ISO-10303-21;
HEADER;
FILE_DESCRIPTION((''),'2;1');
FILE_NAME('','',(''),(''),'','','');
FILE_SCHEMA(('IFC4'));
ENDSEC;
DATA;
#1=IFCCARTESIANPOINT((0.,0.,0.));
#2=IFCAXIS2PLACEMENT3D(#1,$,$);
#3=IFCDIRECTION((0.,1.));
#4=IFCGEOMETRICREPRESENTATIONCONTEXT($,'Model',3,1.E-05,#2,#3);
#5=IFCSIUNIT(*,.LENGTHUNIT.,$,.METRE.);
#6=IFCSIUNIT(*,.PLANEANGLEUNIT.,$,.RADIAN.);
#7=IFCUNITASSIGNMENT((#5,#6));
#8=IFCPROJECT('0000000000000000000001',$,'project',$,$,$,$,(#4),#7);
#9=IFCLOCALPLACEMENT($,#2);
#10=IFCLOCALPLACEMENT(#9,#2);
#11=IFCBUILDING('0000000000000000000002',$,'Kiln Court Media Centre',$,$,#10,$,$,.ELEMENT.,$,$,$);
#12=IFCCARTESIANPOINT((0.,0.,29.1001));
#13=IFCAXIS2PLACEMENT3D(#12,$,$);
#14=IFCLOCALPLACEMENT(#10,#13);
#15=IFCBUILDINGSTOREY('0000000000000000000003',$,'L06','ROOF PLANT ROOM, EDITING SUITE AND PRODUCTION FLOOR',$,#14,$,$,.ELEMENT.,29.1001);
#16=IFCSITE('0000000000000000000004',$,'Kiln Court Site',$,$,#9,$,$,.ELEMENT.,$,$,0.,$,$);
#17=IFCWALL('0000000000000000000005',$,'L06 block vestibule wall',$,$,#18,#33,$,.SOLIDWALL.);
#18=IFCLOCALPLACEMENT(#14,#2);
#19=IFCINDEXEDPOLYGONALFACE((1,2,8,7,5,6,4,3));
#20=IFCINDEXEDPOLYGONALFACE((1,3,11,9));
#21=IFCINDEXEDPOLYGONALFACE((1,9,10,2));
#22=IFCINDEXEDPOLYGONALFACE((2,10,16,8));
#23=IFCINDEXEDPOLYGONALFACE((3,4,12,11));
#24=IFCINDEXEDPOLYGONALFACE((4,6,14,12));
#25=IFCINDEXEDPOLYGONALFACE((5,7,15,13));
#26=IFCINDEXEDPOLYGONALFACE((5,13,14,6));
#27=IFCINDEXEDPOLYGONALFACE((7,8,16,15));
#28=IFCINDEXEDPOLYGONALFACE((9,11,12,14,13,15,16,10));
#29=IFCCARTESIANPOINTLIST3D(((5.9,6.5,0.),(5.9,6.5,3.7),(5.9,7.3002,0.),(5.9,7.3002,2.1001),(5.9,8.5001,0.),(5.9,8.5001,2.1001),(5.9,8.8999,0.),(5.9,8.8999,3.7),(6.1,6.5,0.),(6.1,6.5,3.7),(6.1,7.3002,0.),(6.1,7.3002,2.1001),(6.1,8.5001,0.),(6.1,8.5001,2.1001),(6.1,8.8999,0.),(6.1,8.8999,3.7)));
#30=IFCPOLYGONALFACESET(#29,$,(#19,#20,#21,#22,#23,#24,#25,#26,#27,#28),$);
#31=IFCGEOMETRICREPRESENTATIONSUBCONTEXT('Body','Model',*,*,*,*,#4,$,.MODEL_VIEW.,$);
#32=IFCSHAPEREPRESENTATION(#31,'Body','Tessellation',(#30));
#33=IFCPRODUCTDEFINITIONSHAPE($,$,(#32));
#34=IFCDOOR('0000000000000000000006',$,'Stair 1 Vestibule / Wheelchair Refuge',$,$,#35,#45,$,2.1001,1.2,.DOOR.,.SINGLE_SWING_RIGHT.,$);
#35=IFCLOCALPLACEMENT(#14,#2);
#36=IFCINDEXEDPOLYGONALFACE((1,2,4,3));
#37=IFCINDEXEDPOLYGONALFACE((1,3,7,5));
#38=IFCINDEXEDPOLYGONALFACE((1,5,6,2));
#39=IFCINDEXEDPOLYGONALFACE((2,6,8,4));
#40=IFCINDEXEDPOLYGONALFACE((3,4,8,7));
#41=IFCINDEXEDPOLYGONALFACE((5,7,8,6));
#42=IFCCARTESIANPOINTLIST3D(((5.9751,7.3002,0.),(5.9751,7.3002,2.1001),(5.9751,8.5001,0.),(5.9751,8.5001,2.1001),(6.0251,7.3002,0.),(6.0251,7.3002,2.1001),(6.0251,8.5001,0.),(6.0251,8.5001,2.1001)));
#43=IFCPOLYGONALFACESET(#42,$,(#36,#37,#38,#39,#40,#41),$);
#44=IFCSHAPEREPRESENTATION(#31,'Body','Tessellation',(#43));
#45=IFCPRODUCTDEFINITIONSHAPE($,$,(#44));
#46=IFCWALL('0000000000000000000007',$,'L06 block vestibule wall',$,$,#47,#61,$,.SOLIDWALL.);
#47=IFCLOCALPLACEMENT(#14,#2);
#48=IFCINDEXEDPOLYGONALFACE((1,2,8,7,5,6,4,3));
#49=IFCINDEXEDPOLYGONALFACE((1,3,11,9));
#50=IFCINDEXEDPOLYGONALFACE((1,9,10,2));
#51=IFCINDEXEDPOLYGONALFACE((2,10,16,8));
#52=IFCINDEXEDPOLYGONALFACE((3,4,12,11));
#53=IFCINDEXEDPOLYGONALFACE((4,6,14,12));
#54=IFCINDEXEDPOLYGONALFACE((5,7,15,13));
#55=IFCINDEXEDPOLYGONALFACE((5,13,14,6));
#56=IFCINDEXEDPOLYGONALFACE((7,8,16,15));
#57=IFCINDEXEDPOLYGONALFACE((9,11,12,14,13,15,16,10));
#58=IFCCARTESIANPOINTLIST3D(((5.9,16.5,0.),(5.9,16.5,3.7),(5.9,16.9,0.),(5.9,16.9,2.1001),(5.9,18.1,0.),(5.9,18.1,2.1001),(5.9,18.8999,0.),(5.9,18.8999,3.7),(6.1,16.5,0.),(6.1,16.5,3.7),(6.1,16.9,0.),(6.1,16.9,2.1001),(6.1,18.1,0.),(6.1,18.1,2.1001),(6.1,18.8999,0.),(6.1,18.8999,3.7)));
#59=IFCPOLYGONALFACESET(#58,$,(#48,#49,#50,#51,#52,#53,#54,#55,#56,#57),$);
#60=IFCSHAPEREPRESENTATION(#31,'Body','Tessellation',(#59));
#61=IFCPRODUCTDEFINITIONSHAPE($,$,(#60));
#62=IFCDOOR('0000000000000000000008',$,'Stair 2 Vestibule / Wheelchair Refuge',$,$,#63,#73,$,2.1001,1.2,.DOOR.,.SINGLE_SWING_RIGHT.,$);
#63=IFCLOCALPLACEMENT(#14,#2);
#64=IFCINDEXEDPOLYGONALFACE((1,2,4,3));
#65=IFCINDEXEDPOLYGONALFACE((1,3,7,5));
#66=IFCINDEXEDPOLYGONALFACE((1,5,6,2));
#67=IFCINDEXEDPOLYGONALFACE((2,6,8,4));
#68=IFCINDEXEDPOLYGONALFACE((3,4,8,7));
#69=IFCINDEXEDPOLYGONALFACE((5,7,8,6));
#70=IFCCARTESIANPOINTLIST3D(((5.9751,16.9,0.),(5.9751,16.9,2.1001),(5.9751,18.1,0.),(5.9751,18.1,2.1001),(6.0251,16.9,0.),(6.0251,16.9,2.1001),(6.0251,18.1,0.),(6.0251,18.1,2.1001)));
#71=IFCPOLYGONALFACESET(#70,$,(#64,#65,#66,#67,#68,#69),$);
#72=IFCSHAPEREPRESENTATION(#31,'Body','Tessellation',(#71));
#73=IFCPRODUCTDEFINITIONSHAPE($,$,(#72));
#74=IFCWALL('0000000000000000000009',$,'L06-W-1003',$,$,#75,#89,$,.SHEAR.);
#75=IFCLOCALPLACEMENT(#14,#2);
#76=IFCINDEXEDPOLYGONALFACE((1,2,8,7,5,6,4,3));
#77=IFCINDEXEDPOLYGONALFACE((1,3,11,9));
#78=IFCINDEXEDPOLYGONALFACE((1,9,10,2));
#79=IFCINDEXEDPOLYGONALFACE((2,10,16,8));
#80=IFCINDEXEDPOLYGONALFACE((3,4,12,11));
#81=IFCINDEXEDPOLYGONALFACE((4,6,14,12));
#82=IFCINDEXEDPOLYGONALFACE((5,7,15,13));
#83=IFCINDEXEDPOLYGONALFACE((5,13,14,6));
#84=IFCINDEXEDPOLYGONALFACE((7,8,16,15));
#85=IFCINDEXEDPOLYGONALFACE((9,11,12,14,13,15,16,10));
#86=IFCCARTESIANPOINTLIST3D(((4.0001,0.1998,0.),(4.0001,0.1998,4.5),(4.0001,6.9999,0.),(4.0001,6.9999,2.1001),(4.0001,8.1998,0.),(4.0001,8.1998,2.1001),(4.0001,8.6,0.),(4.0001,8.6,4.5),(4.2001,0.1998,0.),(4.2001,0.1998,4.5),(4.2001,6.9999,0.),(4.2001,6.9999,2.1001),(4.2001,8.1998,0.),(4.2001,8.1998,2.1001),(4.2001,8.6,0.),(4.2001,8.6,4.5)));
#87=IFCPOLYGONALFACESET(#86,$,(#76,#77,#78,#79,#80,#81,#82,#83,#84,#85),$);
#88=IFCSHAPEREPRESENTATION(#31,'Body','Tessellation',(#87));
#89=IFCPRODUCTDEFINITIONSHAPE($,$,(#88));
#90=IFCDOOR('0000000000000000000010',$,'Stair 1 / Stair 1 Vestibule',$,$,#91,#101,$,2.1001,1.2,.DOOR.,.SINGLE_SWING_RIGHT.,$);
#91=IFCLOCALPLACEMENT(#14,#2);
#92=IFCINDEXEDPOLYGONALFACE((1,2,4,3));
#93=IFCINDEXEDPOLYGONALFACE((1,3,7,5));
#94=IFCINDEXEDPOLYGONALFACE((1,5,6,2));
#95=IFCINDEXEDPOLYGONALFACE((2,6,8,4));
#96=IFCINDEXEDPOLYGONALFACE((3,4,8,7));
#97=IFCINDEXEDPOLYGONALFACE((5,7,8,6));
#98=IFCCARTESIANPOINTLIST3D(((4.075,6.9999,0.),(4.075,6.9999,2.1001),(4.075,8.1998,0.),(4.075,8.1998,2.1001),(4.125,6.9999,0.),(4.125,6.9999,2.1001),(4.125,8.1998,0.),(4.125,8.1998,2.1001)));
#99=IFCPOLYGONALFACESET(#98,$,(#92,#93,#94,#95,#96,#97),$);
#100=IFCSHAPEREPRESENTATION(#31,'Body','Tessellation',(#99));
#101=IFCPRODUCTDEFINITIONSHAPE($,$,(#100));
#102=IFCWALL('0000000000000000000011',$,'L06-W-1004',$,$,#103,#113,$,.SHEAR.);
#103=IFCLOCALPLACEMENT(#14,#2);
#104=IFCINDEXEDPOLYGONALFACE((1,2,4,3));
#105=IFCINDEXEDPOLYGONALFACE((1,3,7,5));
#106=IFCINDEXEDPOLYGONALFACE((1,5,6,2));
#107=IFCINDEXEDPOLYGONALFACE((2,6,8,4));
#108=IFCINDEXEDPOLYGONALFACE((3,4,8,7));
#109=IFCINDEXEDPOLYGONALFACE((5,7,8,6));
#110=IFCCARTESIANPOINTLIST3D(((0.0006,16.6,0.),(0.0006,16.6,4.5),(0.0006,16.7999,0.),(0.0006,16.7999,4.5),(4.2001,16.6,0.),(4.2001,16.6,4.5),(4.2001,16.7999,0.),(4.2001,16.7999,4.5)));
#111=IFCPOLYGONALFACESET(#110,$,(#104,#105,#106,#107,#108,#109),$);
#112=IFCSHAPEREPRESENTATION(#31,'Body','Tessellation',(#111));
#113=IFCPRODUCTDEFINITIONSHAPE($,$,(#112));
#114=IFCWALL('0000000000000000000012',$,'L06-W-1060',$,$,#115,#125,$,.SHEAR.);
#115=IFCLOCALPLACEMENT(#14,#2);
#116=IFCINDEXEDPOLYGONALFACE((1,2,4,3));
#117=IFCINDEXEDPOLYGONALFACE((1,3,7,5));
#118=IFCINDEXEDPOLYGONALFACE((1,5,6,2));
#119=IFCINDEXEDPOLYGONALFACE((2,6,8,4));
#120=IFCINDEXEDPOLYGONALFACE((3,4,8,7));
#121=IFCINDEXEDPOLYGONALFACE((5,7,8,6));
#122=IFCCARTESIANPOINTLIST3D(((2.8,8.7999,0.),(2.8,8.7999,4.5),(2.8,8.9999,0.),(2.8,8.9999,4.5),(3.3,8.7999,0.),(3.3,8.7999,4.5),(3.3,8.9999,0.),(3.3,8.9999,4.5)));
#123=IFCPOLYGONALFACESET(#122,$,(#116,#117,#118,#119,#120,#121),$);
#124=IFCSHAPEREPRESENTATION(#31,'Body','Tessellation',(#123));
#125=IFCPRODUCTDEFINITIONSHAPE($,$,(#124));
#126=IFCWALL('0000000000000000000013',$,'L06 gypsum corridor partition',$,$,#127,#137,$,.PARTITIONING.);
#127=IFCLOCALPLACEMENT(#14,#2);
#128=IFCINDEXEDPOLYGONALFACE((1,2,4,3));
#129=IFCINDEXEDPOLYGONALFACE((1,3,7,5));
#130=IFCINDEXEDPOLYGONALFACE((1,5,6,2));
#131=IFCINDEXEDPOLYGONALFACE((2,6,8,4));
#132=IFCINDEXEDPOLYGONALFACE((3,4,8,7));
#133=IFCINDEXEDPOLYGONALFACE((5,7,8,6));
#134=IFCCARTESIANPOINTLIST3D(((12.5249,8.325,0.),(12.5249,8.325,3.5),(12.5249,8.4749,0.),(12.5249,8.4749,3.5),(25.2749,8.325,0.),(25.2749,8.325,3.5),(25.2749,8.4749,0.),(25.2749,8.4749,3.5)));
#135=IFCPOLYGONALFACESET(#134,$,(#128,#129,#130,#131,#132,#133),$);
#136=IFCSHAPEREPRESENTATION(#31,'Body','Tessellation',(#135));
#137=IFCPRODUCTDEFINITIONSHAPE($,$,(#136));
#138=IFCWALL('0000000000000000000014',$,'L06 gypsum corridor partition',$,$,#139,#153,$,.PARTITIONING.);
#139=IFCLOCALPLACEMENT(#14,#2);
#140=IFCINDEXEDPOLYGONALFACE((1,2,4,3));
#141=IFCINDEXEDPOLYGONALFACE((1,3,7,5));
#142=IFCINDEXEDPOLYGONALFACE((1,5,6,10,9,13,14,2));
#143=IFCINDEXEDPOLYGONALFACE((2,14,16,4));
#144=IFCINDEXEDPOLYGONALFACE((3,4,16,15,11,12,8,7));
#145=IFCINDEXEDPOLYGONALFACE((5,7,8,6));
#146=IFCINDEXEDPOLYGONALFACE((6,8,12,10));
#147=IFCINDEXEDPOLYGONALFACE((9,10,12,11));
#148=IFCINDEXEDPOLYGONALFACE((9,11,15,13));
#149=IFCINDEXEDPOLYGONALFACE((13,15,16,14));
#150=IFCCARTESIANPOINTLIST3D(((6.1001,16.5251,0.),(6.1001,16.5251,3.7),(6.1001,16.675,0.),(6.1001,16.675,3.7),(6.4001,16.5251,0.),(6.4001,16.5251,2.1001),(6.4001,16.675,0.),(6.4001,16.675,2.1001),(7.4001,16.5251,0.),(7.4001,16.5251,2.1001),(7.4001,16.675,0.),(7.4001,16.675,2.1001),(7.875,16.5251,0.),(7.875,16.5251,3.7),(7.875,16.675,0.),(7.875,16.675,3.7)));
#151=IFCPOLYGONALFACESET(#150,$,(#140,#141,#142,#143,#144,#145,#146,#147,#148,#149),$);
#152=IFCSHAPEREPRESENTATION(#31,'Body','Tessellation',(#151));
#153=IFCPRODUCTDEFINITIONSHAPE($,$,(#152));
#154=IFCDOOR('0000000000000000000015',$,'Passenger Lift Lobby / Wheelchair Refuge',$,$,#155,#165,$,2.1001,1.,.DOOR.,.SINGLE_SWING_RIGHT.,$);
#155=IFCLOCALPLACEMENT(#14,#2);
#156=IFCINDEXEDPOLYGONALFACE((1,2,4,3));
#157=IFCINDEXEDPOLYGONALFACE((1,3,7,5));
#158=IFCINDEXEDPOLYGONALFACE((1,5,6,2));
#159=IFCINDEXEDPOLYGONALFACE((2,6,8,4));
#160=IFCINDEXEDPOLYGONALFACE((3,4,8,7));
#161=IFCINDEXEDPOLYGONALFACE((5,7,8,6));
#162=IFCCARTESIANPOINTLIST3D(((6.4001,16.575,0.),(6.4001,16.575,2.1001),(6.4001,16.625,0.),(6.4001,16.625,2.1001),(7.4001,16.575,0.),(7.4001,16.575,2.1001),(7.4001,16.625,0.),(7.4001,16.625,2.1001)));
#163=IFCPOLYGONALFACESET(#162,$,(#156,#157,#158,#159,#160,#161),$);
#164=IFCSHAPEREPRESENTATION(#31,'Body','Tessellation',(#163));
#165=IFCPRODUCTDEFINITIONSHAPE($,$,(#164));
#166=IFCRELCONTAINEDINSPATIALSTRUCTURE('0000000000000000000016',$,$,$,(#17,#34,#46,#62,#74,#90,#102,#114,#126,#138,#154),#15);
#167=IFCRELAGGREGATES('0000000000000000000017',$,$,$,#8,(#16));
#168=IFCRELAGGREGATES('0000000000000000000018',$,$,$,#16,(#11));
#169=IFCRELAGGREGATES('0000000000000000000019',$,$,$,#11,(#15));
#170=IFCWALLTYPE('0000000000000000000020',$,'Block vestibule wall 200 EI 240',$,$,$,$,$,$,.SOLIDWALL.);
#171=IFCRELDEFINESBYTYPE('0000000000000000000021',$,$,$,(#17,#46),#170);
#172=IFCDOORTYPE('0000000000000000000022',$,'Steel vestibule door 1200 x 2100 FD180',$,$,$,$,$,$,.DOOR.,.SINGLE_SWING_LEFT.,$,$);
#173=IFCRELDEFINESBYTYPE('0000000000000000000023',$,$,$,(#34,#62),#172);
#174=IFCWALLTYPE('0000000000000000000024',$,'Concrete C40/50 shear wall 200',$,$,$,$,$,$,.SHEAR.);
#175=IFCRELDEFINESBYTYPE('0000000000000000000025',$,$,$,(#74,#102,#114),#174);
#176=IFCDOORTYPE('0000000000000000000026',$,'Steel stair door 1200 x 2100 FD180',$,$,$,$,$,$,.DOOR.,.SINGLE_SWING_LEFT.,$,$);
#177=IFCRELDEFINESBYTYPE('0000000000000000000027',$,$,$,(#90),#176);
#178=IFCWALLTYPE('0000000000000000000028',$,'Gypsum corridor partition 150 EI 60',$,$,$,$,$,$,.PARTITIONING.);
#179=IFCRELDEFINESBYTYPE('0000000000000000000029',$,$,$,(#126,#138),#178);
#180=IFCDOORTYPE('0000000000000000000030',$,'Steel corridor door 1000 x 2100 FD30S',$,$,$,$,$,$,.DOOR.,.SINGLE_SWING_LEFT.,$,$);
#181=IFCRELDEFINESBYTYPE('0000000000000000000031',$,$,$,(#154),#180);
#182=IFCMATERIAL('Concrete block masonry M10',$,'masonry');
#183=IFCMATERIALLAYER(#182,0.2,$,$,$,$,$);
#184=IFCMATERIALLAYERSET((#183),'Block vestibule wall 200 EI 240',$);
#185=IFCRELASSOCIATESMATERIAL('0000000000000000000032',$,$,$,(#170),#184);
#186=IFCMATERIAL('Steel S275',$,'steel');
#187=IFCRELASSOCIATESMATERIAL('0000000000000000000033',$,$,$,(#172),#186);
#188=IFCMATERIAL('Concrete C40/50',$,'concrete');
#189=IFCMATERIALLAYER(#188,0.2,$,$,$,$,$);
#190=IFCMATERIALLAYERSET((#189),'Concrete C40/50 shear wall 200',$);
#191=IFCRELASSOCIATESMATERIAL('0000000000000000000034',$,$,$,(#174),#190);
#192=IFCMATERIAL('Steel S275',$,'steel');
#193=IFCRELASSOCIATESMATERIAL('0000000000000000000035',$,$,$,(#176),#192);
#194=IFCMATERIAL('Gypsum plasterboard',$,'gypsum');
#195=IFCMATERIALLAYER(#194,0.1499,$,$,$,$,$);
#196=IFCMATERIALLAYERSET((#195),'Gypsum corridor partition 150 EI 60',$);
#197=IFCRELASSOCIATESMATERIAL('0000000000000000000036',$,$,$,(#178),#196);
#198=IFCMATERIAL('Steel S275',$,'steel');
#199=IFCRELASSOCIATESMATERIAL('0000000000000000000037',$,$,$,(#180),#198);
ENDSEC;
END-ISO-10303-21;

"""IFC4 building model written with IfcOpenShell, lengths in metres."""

from ifc_helpers import new_model, si_unit, direction, frame, frame_2d, origin, place, context, subcontext, project, spatial, rectangle, extrude, material, layer, layer_set, type_object, element, fill, save


model = new_model("IFC4")

# Units and contexts
model_context = context("Model", 3, precision=1e-05, world=origin(), true_north=direction((0.0, 1.0)))
body_context = subcontext(model_context, "Body", "Model", "MODEL_VIEW")
ifc_project = project(units=[si_unit("LENGTHUNIT", "METRE"), si_unit("PLANEANGLEUNIT", "RADIAN")], contexts=[model_context])

# Site, building, storey
site_placement = place(None, origin())
site = spatial("IfcSite", under=ifc_project, at=site_placement, Name="Kiln Court Site", CompositionType="ELEMENT", RefElevation=0.0)
building_placement = place(site_placement, origin())
building = spatial("IfcBuilding", under=site, at=building_placement, Name="Kiln Court Media Centre", CompositionType="ELEMENT")
storey_placement = place(building_placement, frame((0.0, 0.0, 29.1001)))
storey = spatial("IfcBuildingStorey", under=building, at=storey_placement, Name="L06", Description="ROOF PLANT ROOM, EDITING SUITE AND PRODUCTION FLOOR", CompositionType="ELEMENT", Elevation=29.1001)

# Walls, openings, doors
ifc_material_1 = material(Name="Concrete block masonry M10", Category="masonry")
ifc_layer_1 = layer(ifc_material_1, 0.2)
ifc_layer_set_1 = layer_set([ifc_layer_1], Name="Block vestibule wall 200 EI 240")
wall_type_1 = type_object("IfcWallType", Name="Block vestibule wall 200 EI 240", PredefinedType="SOLIDWALL", material=ifc_layer_set_1)
ifc_material_2 = material(Name="Steel S275", Category="steel")
door_type_1 = type_object("IfcDoorType", Name="Steel vestibule door 1200 x 2100 FD180", OperationType="SINGLE_SWING_LEFT", PredefinedType="DOOR", material=ifc_material_2)
wall_1_placement = place(storey_placement, frame((6.0, 6.5, 0.0), z_axis=(0.0, 0.0, 1.0), x_axis=(0.0, 1.0, 0.0)))
wall_1 = element("IfcWall", 1, at=wall_1_placement, inside=storey, type_object=wall_type_1, Name="L06 block vestibule wall", PredefinedType="SOLIDWALL", context=body_context, shape_type="SweptSolid", body=[
    extrude(rectangle(XDim=2.3999, YDim=0.2, at=frame_2d((1.2, 0.0))), origin(), (0.0, 0.0, 1.0), 3.7),
])
opening_1_placement = place(wall_1_placement, frame((0.8, 0.0, 0.0)))
opening_1 = element("IfcOpeningElement", 2, at=opening_1_placement, cuts=wall_1, PredefinedType="OPENING", context=body_context, shape_type="SweptSolid", body=[
    extrude(rectangle(XDim=1.2, YDim=2.1001, at=frame_2d((0.6001, 1.05))), frame((0.0, 0.1099, 0.0), z_axis=(0.0, -1.0, 0.0), x_axis=(1.0, 0.0, 0.0)), (0.0, 0.0, 1.0), 0.22),
])
door_1_placement = place(opening_1_placement, origin())
door_1 = element("IfcDoor", 3, at=door_1_placement, inside=storey, type_object=door_type_1, Name="Stair 1 Vestibule / Wheelchair Refuge", OperationType="SINGLE_SWING_RIGHT", OverallHeight=2.1001, OverallWidth=1.2, PredefinedType="DOOR", context=body_context, shape_type="SweptSolid", body=[
    extrude(rectangle(XDim=1.2, YDim=2.1001, at=frame_2d((0.6001, 1.05))), frame((0.0, 0.0249, 0.0), z_axis=(0.0, -1.0, 0.0), x_axis=(1.0, 0.0, 0.0)), (0.0, 0.0, 1.0), 0.05),
])
fill(opening_1, door_1)
wall_2_placement = place(storey_placement, frame((6.0, 16.5, 0.0), z_axis=(0.0, 0.0, 1.0), x_axis=(0.0, 1.0, 0.0)))
wall_2 = element("IfcWall", 4, at=wall_2_placement, inside=storey, type_object=wall_type_1, Name="L06 block vestibule wall", PredefinedType="SOLIDWALL", context=body_context, shape_type="SweptSolid", body=[
    extrude(rectangle(XDim=2.3999, YDim=0.2, at=frame_2d((1.2, 0.0))), origin(), (0.0, 0.0, 1.0), 3.7),
])
opening_2_placement = place(wall_2_placement, frame((0.3999, 0.0, 0.0)))
opening_2 = element("IfcOpeningElement", 5, at=opening_2_placement, cuts=wall_2, PredefinedType="OPENING", context=body_context, shape_type="SweptSolid", body=[
    extrude(rectangle(XDim=1.2, YDim=2.1001, at=frame_2d((0.6001, 1.05))), frame((0.0, 0.1099, 0.0), z_axis=(0.0, -1.0, 0.0), x_axis=(1.0, 0.0, 0.0)), (0.0, 0.0, 1.0), 0.22),
])
door_2_placement = place(opening_2_placement, origin())
door_2 = element("IfcDoor", 6, at=door_2_placement, inside=storey, type_object=door_type_1, Name="Stair 2 Vestibule / Wheelchair Refuge", OperationType="SINGLE_SWING_RIGHT", OverallHeight=2.1001, OverallWidth=1.2, PredefinedType="DOOR", context=body_context, shape_type="SweptSolid", body=[
    extrude(rectangle(XDim=1.2, YDim=2.1001, at=frame_2d((0.6001, 1.05))), frame((0.0, 0.0249, 0.0), z_axis=(0.0, -1.0, 0.0), x_axis=(1.0, 0.0, 0.0)), (0.0, 0.0, 1.0), 0.05),
])
fill(opening_2, door_2)
ifc_material_3 = material(Name="Concrete C40/50", Category="concrete")
ifc_layer_2 = layer(ifc_material_3, 0.2)
ifc_layer_set_2 = layer_set([ifc_layer_2], Name="Concrete C40/50 shear wall 200")
wall_type_2 = type_object("IfcWallType", Name="Concrete C40/50 shear wall 200", PredefinedType="SHEAR", material=ifc_layer_set_2)
wall_3_placement = place(storey_placement, frame((4.1001, 8.6001, 0.0), z_axis=(0.0, 0.0, 1.0), x_axis=(0.0, -1.0, 0.0)))
wall_3 = element("IfcWall", 7, at=wall_3_placement, inside=storey, type_object=wall_type_2, Name="L06-W-1003", PredefinedType="SHEAR", context=body_context, shape_type="SweptSolid", body=[
    extrude(rectangle(XDim=8.4001, YDim=0.2, at=frame_2d((4.2002, 0.0))), origin(), (0.0, 0.0, 1.0), 4.5),
])
opening_3_placement = place(wall_3_placement, frame((0.4001, 0.0, 0.0)))
opening_3 = element("IfcOpeningElement", 8, at=opening_3_placement, cuts=wall_3, PredefinedType="OPENING", context=body_context, shape_type="SweptSolid", body=[
    extrude(rectangle(XDim=1.2, YDim=2.1001, at=frame_2d((0.6001, 1.05))), frame((0.0, 0.1099, 0.0), z_axis=(0.0, -1.0, 0.0), x_axis=(1.0, 0.0, 0.0)), (0.0, 0.0, 1.0), 0.22),
])
ifc_material_4 = material(Name="Steel S275", Category="steel")
door_type_2 = type_object("IfcDoorType", Name="Steel stair door 1200 x 2100 FD180", OperationType="SINGLE_SWING_LEFT", PredefinedType="DOOR", material=ifc_material_4)
door_3_placement = place(opening_3_placement, origin())
door_3 = element("IfcDoor", 9, at=door_3_placement, inside=storey, type_object=door_type_2, Name="Stair 1 / Stair 1 Vestibule", OperationType="SINGLE_SWING_RIGHT", OverallHeight=2.1001, OverallWidth=1.2, PredefinedType="DOOR", context=body_context, shape_type="SweptSolid", body=[
    extrude(rectangle(XDim=1.2, YDim=2.1001, at=frame_2d((0.6001, 1.05))), frame((0.0, 0.0249, 0.0), z_axis=(0.0, -1.0, 0.0), x_axis=(1.0, 0.0, 0.0)), (0.0, 0.0, 1.0), 0.05),
])
fill(opening_3, door_3)

# Walls
wall_4_placement = place(storey_placement, frame((4.2, 16.7, 0.0), z_axis=(0.0, 0.0, 1.0), x_axis=(-1.0, 0.0, 0.0)))
element("IfcWall", 10, at=wall_4_placement, inside=storey, type_object=wall_type_2, Name="L06-W-1004", PredefinedType="SHEAR", context=body_context, shape_type="SweptSolid", body=[
    extrude(rectangle(XDim=4.1995, YDim=0.2, at=frame_2d((2.0996, 0.0))), origin(), (0.0, 0.0, 1.0), 4.5),
])
wall_5_placement = place(storey_placement, frame((3.3, 8.8999, 0.0), z_axis=(0.0, 0.0, 1.0), x_axis=(-1.0, 0.0, 0.0)))
element("IfcWall", 11, at=wall_5_placement, inside=storey, type_object=wall_type_2, Name="L06-W-1060", PredefinedType="SHEAR", context=body_context, shape_type="SweptSolid", body=[
    extrude(rectangle(XDim=0.5, YDim=0.2, at=frame_2d((0.25, 0.0))), origin(), (0.0, 0.0, 1.0), 4.5),
])
ifc_material_5 = material(Name="Gypsum plasterboard", Category="gypsum")
ifc_layer_3 = layer(ifc_material_5, 0.1499)
ifc_layer_set_3 = layer_set([ifc_layer_3], Name="Gypsum corridor partition 150 EI 60")
wall_type_3 = type_object("IfcWallType", Name="Gypsum corridor partition 150 EI 60", PredefinedType="PARTITIONING", material=ifc_layer_set_3)
wall_6_placement = place(storey_placement, frame((12.5249, 8.3999, 0.0), z_axis=(0.0, 0.0, 1.0), x_axis=(1.0, 0.0, 0.0)))
element("IfcWall", 12, at=wall_6_placement, inside=storey, type_object=wall_type_3, Name="L06 gypsum corridor partition", PredefinedType="PARTITIONING", context=body_context, shape_type="SweptSolid", body=[
    extrude(rectangle(XDim=12.75, YDim=0.1499, at=frame_2d((6.375, 0.0))), origin(), (0.0, 0.0, 1.0), 3.5),
])

# Wall, opening, door
wall_7_placement = place(storey_placement, frame((6.1001, 16.6001, 0.0), z_axis=(0.0, 0.0, 1.0), x_axis=(1.0, 0.0, 0.0)))
wall_7 = element("IfcWall", 13, at=wall_7_placement, inside=storey, type_object=wall_type_3, Name="L06 gypsum corridor partition", PredefinedType="PARTITIONING", context=body_context, shape_type="SweptSolid", body=[
    extrude(rectangle(XDim=1.7749, YDim=0.1499, at=frame_2d((0.8875, 0.0))), origin(), (0.0, 0.0, 1.0), 3.7),
])
opening_4_placement = place(wall_7_placement, frame((0.3, 0.0, 0.0)))
opening_4 = element("IfcOpeningElement", 14, at=opening_4_placement, cuts=wall_7, PredefinedType="OPENING", context=body_context, shape_type="SweptSolid", body=[
    extrude(rectangle(XDim=1.0, YDim=2.1001, at=frame_2d((0.5, 1.05))), frame((0.0, 0.085, 0.0), z_axis=(0.0, -1.0, 0.0), x_axis=(1.0, 0.0, 0.0)), (0.0, 0.0, 1.0), 0.1699),
])
ifc_material_6 = material(Name="Steel S275", Category="steel")
door_type_3 = type_object("IfcDoorType", Name="Steel corridor door 1000 x 2100 FD30S", OperationType="SINGLE_SWING_LEFT", PredefinedType="DOOR", material=ifc_material_6)
door_4_placement = place(opening_4_placement, origin())
door_4 = element("IfcDoor", 15, at=door_4_placement, inside=storey, type_object=door_type_3, Name="Passenger Lift Lobby / Wheelchair Refuge", OperationType="SINGLE_SWING_RIGHT", OverallHeight=2.1001, OverallWidth=1.0, PredefinedType="DOOR", context=body_context, shape_type="SweptSolid", body=[
    extrude(rectangle(XDim=1.0, YDim=2.1001, at=frame_2d((0.5, 1.05))), frame((0.0, 0.0249, 0.0), z_axis=(0.0, -1.0, 0.0), x_axis=(1.0, 0.0, 0.0)), (0.0, 0.0, 1.0), 0.05),
])
fill(opening_4, door_4)

save(model, "model.ifc")
